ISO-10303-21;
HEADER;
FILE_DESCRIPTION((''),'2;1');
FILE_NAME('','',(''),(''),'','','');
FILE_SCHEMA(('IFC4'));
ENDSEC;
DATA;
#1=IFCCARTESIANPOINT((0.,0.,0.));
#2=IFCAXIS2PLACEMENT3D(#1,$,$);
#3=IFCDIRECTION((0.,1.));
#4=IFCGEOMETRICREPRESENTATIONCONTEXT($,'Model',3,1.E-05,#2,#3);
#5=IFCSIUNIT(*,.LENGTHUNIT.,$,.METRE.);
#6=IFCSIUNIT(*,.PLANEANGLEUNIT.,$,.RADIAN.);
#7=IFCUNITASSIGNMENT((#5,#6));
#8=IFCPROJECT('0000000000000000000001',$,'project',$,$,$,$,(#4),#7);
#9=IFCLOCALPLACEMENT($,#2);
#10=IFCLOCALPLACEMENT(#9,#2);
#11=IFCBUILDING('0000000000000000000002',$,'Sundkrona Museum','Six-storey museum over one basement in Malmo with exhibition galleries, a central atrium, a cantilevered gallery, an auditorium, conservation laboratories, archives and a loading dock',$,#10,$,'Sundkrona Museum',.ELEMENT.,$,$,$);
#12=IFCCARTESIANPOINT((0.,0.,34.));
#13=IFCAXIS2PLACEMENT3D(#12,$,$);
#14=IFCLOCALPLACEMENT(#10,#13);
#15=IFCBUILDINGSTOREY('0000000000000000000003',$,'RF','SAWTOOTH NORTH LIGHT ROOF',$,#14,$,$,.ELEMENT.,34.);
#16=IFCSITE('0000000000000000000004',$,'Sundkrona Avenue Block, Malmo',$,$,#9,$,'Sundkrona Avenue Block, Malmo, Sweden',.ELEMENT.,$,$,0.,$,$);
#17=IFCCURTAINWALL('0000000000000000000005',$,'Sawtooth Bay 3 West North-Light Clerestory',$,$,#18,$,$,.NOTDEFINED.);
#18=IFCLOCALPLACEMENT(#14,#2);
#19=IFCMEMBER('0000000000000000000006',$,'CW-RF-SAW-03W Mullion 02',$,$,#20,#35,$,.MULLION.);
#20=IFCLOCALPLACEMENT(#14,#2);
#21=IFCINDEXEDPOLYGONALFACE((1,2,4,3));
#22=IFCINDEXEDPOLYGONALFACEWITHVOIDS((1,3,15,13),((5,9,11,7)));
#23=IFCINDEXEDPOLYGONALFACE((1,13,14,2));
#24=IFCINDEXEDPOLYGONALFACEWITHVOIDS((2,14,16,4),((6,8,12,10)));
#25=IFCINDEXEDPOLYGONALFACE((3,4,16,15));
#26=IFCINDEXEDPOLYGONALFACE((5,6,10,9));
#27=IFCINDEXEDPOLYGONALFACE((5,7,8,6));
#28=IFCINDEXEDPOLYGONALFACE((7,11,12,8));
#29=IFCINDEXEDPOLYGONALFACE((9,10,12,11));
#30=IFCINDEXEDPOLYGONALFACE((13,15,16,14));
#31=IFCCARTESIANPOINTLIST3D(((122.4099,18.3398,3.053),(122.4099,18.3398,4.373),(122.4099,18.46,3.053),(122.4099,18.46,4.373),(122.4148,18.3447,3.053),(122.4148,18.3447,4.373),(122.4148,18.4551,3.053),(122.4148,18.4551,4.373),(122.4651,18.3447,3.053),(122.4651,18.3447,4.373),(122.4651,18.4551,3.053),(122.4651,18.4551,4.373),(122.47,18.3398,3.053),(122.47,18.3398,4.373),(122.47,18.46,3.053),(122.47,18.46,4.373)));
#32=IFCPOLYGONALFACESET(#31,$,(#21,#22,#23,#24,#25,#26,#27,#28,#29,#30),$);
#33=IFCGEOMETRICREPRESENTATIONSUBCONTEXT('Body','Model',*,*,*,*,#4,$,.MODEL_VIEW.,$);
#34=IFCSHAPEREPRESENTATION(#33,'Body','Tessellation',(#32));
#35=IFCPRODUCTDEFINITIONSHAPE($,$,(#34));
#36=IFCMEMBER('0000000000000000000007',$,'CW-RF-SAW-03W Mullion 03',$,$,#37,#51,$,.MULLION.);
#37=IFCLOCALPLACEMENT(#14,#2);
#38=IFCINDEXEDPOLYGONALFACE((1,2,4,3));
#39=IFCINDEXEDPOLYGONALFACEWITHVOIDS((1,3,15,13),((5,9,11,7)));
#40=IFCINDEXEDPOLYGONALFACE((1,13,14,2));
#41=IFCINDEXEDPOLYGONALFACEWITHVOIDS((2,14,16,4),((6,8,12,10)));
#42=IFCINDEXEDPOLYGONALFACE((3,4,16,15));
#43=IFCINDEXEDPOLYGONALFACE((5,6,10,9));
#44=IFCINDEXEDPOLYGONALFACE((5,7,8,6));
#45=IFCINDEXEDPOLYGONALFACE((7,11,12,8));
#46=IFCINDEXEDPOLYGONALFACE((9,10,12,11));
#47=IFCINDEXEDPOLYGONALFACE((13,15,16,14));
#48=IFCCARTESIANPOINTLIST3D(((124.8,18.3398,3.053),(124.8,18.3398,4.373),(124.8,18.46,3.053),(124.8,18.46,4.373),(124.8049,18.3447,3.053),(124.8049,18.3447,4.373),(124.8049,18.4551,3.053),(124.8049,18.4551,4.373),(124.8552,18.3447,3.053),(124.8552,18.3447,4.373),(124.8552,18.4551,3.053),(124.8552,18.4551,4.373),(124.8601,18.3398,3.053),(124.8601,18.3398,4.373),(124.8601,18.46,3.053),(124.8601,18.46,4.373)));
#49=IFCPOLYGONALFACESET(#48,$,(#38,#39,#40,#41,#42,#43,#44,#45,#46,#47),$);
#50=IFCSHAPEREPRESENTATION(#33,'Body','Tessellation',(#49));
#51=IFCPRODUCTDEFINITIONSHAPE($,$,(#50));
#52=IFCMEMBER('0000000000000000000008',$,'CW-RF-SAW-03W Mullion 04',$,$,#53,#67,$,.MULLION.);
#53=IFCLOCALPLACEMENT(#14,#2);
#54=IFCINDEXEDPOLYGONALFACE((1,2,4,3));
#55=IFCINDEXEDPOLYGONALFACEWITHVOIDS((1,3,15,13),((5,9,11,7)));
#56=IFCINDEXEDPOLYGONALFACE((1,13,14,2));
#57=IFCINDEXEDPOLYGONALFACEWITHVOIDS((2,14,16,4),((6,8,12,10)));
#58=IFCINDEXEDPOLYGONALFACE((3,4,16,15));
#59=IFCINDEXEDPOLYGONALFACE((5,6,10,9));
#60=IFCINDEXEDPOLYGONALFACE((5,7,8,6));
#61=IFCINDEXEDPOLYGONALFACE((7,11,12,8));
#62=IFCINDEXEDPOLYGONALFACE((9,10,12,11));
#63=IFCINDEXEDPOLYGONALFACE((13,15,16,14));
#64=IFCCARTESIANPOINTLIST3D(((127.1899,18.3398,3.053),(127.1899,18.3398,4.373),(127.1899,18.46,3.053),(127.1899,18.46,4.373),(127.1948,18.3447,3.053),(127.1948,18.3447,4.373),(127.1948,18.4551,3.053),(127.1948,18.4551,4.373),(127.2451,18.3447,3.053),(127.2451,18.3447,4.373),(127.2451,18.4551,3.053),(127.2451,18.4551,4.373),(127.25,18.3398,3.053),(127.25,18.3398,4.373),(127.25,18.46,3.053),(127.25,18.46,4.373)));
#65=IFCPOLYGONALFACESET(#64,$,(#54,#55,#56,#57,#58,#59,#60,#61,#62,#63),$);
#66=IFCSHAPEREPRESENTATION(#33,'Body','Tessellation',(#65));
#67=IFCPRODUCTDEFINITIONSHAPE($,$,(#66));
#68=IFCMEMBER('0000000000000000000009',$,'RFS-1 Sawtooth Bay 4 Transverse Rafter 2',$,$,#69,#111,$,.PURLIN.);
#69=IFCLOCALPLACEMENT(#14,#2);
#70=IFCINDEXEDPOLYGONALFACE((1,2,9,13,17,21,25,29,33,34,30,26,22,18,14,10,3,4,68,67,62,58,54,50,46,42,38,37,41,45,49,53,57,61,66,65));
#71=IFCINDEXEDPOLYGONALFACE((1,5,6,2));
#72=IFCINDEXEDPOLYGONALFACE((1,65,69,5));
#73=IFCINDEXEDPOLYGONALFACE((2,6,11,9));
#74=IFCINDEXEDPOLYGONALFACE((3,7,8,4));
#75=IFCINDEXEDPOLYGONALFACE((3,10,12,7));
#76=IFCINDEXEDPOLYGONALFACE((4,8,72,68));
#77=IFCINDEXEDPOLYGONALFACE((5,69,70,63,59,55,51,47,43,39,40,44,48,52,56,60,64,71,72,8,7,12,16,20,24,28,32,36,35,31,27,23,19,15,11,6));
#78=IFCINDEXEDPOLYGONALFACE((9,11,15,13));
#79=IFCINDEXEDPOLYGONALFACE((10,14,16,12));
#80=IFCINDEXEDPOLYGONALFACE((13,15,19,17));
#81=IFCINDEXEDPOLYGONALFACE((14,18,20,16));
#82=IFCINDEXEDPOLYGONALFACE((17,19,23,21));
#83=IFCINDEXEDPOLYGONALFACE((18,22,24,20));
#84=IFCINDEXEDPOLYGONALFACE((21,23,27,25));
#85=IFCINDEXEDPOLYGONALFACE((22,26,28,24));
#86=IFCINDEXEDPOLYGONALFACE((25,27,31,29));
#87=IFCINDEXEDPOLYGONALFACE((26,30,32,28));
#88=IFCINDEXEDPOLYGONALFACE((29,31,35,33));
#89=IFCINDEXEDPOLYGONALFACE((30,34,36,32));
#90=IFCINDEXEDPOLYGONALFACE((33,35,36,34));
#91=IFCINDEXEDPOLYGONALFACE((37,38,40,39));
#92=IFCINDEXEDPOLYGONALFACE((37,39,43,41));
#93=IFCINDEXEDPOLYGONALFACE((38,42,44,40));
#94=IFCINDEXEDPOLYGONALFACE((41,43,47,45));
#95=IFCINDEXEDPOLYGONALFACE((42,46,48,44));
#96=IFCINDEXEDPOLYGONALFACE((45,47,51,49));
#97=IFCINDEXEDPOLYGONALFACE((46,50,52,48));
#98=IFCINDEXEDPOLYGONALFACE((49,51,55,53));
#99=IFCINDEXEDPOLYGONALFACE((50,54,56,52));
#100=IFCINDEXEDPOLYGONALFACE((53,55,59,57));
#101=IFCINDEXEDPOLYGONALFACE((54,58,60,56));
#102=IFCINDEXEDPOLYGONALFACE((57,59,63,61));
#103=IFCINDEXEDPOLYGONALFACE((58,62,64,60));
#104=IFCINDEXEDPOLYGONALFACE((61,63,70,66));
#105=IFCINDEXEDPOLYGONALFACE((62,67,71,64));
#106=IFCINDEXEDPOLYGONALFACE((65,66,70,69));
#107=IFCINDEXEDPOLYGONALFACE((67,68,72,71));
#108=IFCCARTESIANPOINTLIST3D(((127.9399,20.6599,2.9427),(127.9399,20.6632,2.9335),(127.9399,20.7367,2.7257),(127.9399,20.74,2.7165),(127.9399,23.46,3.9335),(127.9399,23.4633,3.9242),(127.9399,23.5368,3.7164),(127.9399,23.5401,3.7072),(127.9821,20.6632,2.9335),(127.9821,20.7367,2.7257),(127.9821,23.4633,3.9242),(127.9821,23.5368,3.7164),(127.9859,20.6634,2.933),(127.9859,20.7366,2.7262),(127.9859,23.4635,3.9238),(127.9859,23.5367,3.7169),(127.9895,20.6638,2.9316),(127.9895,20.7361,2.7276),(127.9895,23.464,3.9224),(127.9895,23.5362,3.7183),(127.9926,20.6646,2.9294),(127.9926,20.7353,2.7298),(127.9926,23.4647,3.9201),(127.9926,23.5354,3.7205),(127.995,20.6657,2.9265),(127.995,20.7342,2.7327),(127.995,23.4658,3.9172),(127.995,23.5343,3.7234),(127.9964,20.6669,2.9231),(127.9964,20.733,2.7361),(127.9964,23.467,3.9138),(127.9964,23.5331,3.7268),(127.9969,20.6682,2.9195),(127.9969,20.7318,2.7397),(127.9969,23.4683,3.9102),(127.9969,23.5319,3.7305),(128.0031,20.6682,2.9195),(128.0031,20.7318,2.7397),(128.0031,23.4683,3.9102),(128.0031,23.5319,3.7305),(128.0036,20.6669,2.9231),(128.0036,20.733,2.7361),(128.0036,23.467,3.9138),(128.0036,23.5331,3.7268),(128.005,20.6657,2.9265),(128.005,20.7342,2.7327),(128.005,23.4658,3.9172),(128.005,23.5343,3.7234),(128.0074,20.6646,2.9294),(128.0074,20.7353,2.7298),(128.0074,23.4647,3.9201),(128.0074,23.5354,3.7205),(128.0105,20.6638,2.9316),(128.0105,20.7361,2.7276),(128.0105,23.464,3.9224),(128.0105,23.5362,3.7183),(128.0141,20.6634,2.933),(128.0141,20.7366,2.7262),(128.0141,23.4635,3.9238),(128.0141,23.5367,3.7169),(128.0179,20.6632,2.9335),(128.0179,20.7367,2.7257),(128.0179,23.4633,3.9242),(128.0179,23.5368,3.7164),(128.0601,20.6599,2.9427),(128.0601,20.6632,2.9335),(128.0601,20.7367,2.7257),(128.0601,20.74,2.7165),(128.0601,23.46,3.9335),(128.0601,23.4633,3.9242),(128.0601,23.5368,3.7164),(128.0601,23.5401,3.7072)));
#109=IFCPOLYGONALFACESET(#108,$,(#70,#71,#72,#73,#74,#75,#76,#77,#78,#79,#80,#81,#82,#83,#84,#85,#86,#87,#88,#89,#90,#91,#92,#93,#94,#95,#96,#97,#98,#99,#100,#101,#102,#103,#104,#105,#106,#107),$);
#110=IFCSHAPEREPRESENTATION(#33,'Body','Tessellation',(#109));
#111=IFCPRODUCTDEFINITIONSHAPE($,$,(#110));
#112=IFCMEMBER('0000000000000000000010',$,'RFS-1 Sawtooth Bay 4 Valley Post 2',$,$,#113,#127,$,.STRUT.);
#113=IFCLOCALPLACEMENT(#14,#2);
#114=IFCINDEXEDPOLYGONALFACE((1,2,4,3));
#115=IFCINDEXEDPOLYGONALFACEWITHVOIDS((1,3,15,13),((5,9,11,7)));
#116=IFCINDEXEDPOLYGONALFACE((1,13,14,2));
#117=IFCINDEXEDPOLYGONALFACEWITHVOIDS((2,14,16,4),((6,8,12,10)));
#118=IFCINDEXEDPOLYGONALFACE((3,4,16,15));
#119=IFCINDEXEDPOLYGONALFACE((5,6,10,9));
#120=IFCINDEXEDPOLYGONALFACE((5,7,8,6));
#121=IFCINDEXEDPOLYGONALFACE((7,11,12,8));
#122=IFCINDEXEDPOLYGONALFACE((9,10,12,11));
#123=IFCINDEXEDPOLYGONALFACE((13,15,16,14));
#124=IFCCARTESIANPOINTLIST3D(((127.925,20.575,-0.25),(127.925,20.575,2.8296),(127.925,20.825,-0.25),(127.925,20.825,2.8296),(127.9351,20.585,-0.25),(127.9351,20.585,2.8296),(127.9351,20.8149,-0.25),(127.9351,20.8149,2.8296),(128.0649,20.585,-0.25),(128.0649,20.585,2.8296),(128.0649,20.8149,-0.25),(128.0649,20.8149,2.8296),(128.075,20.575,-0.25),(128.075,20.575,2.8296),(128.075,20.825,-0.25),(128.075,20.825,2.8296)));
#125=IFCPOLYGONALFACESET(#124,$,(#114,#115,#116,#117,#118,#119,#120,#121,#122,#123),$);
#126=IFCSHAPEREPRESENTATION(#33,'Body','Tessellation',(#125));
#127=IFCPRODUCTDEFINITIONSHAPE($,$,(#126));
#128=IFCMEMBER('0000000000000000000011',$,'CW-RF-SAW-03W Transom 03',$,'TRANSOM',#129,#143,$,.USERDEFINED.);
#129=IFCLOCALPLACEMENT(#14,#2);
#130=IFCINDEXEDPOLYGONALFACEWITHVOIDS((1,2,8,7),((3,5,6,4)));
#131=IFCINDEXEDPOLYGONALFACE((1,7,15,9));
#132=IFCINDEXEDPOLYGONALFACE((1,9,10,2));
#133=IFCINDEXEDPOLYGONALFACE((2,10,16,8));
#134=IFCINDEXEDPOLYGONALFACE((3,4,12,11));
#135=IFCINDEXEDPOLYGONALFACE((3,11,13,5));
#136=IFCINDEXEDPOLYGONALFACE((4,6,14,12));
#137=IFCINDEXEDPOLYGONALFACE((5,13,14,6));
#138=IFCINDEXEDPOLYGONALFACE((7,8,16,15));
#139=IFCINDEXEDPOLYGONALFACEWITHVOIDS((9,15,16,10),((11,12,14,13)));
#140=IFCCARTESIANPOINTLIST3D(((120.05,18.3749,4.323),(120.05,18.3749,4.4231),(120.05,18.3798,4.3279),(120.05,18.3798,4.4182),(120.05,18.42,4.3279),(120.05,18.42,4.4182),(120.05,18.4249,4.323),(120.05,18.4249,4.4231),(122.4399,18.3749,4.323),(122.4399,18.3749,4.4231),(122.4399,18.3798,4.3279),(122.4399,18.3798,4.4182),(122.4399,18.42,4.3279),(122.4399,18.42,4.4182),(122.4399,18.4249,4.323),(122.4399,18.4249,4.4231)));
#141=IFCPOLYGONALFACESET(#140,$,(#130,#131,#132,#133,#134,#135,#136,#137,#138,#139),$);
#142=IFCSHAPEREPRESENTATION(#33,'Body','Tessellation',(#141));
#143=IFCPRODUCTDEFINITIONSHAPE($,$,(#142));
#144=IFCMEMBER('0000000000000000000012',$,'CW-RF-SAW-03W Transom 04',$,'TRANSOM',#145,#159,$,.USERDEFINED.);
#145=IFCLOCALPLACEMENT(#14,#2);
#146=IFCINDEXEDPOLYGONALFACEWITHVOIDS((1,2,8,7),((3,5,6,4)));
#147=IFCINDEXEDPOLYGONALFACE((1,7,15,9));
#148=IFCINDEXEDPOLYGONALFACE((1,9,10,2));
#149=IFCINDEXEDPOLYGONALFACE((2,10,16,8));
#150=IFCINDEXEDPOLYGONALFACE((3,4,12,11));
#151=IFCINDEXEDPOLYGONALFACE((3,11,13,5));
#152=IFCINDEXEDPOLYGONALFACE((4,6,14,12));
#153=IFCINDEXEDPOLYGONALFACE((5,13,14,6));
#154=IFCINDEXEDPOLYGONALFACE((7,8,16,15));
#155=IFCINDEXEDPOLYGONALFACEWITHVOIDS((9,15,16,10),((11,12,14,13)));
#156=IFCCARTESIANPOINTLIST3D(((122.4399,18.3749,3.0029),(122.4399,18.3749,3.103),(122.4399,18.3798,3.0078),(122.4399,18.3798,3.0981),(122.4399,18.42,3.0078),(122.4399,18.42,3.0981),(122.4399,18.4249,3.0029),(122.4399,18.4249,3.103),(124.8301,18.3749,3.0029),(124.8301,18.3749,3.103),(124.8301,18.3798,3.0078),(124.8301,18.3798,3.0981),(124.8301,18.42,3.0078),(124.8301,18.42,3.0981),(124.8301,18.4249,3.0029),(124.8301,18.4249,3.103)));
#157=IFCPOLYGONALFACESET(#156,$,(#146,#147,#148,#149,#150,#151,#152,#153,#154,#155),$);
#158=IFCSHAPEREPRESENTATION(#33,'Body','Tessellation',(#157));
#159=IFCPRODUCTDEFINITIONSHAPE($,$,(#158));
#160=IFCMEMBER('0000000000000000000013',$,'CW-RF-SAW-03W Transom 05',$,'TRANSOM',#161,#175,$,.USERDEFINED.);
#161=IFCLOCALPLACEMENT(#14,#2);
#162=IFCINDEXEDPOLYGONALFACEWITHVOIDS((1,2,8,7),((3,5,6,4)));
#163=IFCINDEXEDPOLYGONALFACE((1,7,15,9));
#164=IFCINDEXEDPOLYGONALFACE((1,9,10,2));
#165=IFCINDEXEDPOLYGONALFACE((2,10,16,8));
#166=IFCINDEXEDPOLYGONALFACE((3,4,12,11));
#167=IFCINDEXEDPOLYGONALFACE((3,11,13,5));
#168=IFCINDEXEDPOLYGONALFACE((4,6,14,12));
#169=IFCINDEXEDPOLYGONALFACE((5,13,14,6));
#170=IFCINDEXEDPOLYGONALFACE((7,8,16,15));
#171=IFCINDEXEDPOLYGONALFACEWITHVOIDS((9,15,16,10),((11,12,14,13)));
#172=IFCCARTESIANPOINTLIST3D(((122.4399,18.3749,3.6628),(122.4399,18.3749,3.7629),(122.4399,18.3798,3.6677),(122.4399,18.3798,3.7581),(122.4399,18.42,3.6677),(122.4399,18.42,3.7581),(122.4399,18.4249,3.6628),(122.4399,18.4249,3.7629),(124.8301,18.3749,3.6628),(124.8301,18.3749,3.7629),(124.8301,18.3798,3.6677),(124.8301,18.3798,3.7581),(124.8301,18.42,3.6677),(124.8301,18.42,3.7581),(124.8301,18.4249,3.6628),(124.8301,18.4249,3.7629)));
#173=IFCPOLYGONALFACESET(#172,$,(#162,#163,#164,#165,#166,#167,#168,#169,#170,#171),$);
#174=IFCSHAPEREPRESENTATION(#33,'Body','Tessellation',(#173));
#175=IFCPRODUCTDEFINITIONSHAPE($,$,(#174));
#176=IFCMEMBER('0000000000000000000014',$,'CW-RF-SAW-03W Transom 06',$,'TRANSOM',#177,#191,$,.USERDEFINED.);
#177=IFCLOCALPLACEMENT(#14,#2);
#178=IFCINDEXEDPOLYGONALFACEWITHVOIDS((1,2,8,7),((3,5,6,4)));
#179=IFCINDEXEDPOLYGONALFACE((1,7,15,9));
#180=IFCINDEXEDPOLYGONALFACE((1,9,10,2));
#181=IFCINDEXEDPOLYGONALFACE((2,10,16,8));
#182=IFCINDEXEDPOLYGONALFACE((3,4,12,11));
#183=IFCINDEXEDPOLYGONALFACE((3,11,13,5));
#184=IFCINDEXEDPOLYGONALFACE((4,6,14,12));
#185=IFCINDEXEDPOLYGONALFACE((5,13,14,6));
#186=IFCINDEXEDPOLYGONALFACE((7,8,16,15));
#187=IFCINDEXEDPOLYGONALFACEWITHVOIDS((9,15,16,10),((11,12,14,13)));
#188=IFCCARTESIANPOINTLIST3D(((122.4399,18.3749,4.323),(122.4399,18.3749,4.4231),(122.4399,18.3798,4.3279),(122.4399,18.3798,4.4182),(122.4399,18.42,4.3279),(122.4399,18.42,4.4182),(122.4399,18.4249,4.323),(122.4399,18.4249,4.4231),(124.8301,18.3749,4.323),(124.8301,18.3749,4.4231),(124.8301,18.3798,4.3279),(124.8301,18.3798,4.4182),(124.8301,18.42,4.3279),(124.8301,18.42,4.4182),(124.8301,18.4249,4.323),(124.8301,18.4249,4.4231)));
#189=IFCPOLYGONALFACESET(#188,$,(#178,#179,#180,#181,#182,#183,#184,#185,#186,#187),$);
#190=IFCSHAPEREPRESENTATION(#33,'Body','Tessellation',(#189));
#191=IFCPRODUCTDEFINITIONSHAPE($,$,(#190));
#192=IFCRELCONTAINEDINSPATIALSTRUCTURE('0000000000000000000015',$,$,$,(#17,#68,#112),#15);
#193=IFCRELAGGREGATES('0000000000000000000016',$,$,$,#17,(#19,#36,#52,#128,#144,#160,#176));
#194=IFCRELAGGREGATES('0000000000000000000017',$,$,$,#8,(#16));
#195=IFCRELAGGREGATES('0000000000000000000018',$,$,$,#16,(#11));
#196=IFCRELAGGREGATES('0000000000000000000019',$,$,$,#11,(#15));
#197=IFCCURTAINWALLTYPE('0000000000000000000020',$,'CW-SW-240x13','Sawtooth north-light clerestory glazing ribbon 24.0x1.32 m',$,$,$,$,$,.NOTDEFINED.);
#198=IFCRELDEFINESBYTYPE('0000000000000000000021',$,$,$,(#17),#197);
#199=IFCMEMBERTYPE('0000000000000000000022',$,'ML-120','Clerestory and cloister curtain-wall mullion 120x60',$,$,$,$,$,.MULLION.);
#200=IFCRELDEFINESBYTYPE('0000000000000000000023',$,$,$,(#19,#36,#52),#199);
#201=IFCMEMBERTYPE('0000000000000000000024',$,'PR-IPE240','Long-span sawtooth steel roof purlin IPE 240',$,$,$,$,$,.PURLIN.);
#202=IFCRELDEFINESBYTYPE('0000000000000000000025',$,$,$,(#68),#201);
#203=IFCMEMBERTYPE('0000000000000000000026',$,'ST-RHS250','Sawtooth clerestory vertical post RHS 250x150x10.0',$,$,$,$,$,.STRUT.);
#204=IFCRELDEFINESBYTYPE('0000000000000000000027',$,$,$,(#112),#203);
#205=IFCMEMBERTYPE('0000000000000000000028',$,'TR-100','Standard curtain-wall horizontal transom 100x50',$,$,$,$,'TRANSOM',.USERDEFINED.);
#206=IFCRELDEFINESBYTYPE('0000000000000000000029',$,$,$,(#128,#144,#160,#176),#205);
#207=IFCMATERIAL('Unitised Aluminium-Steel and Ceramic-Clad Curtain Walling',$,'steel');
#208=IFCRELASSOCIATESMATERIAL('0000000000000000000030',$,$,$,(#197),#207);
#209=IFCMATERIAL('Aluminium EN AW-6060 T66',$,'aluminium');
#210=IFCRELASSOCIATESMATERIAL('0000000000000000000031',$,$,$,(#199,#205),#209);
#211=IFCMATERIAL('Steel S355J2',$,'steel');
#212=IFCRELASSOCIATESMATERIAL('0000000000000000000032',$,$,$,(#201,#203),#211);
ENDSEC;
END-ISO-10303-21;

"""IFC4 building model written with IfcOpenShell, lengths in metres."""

from ifc_helpers import new_model, si_unit, direction, frame, origin, origin_2d, place, context, subcontext, project, spatial, hollow_rectangle, i_section, extrude, material, material_profile, profile_set, type_object, element, aggregate, save


model = new_model("IFC4")

# Units and contexts
model_context = context("Model", 3, precision=1e-05, world=origin(), true_north=direction((0.0, 1.0)))
body_context = subcontext(model_context, "Body", "Model", "MODEL_VIEW")
ifc_project = project(units=[si_unit("LENGTHUNIT", "METRE"), si_unit("PLANEANGLEUNIT", "RADIAN")], contexts=[model_context])

# Site, building, storey
site_placement = place(None, origin())
site = spatial("IfcSite", under=ifc_project, at=site_placement, Name="Sundkrona Avenue Block, Malmo", LongName="Sundkrona Avenue Block, Malmo, Sweden", CompositionType="ELEMENT", RefElevation=0.0)
building_placement = place(site_placement, origin())
building = spatial("IfcBuilding", under=site, at=building_placement, Name="Sundkrona Museum", Description="Six-storey museum over one basement in Malmo with exhibition galleries, a central atrium, a cantilevered gallery, an auditorium, conservation laboratories, archives and a loading dock", LongName="Sundkrona Museum", CompositionType="ELEMENT")
storey_placement = place(building_placement, frame((0.0, 0.0, 34.0)))
storey = spatial("IfcBuildingStorey", under=building, at=storey_placement, Name="RF", Description="SAWTOOTH NORTH LIGHT ROOF", CompositionType="ELEMENT", Elevation=34.0)

# Curtain wall, members
ifc_material_1 = material(Name="Unitised Aluminium-Steel and Ceramic-Clad Curtain Walling", Category="steel")
curtain_wall_type = type_object("IfcCurtainWallType", Name="CW-SW-240x13", Description="Sawtooth north-light clerestory glazing ribbon 24.0x1.32 m", PredefinedType="NOTDEFINED", material=ifc_material_1)
curtain_wall_placement = place(storey_placement, origin())
curtain_wall = element("IfcCurtainWall", 1, at=curtain_wall_placement, inside=storey, type_object=curtain_wall_type, Name="Sawtooth Bay 3 West North-Light Clerestory", PredefinedType="NOTDEFINED")
ifc_material_2 = material(Name="Aluminium EN AW-6060 T66", Category="aluminium")
ifc_material_profile_1 = material_profile(ifc_material_2, hollow_rectangle(XDim=0.0601, YDim=0.1201, WallThickness=0.0049, at=origin_2d()), Name="RHS 120x60x5.0")
ifc_profile_set_1 = profile_set([ifc_material_profile_1], Name="Aluminium EN AW-6060 T66")
member_type_1 = type_object("IfcMemberType", Name="ML-120", Description="Clerestory and cloister curtain-wall mullion 120x60", PredefinedType="MULLION", material=ifc_profile_set_1)
member_1_placement = place(storey_placement, frame((122.4399, 18.3999, 3.053), z_axis=(0.0, 0.0, 1.0), x_axis=(1.0, 0.0, 0.0)))
member_1 = element("IfcMember", 2, at=member_1_placement, type_object=member_type_1, Name="CW-RF-SAW-03W Mullion 02", PredefinedType="MULLION", context=body_context, shape_type="SweptSolid", body=[
    extrude(hollow_rectangle(XDim=0.0601, YDim=0.1201, WallThickness=0.0049, at=origin_2d()), origin(), (0.0, 0.0, 1.0), 1.3201),
])
member_2_placement = place(storey_placement, frame((124.8301, 18.3999, 3.053), z_axis=(0.0, 0.0, 1.0), x_axis=(1.0, 0.0, 0.0)))
member_2 = element("IfcMember", 3, at=member_2_placement, type_object=member_type_1, Name="CW-RF-SAW-03W Mullion 03", PredefinedType="MULLION", context=body_context, shape_type="SweptSolid", body=[
    extrude(hollow_rectangle(XDim=0.0601, YDim=0.1201, WallThickness=0.0049, at=origin_2d()), origin(), (0.0, 0.0, 1.0), 1.3201),
])
member_3_placement = place(storey_placement, frame((127.22, 18.3999, 3.053), z_axis=(0.0, 0.0, 1.0), x_axis=(1.0, 0.0, 0.0)))
member_3 = element("IfcMember", 4, at=member_3_placement, type_object=member_type_1, Name="CW-RF-SAW-03W Mullion 04", PredefinedType="MULLION", context=body_context, shape_type="SweptSolid", body=[
    extrude(hollow_rectangle(XDim=0.0601, YDim=0.1201, WallThickness=0.0049, at=origin_2d()), origin(), (0.0, 0.0, 1.0), 1.3201),
])

# Members
ifc_material_3 = material(Name="Steel S355J2", Category="steel")
ifc_material_profile_2 = material_profile(ifc_material_3, i_section(OverallWidth=0.1201, OverallDepth=0.24, WebThickness=0.0061, FlangeThickness=0.0098, FilletRadius=0.0149, at=origin_2d()), Name="IPE 240")
ifc_profile_set_2 = profile_set([ifc_material_profile_2], Name="Steel S355J2")
member_type_2 = type_object("IfcMemberType", Name="PR-IPE240", Description="Long-span sawtooth steel roof purlin IPE 240", PredefinedType="PURLIN", material=ifc_profile_set_2)
member_4_placement = place(storey_placement, frame((128.0, 20.7, 2.8296), z_axis=(0.0, 0.942729, 0.33356), x_axis=(-1.0, 0.0, 0.0)))
element("IfcMember", 5, at=member_4_placement, inside=storey, type_object=member_type_2, Name="RFS-1 Sawtooth Bay 4 Transverse Rafter 2", PredefinedType="PURLIN", context=body_context, shape_type="SweptSolid", body=[
    extrude(i_section(OverallWidth=0.1201, OverallDepth=0.24, WebThickness=0.0061, FlangeThickness=0.0098, FilletRadius=0.0149, at=origin_2d()), origin(), (0.0, 0.0, 1.0), 2.9702),
])
ifc_material_profile_3 = material_profile(ifc_material_3, hollow_rectangle(XDim=0.1499, YDim=0.25, WallThickness=0.01, at=origin_2d()), Name="RHS 250x150x10.0")
ifc_profile_set_3 = profile_set([ifc_material_profile_3], Name="Steel S355J2")
member_type_3 = type_object("IfcMemberType", Name="ST-RHS250", Description="Sawtooth clerestory vertical post RHS 250x150x10.0", PredefinedType="STRUT", material=ifc_profile_set_3)
member_5_placement = place(storey_placement, frame((128.0, 20.7, -0.25), z_axis=(0.0, 0.0, 1.0), x_axis=(1.0, 0.0, 0.0)))
element("IfcMember", 6, at=member_5_placement, inside=storey, type_object=member_type_3, Name="RFS-1 Sawtooth Bay 4 Valley Post 2", PredefinedType="STRUT", context=body_context, shape_type="SweptSolid", body=[
    extrude(hollow_rectangle(XDim=0.1499, YDim=0.25, WallThickness=0.01, at=origin_2d()), origin(), (0.0, 0.0, 1.0), 3.0796),
])

# Members
ifc_material_profile_4 = material_profile(ifc_material_2, hollow_rectangle(XDim=0.05, YDim=0.1001, WallThickness=0.0049, at=origin_2d()), Name="RHS 100x50x5.0")
ifc_profile_set_4 = profile_set([ifc_material_profile_4], Name="Aluminium EN AW-6060 T66")
member_type_4 = type_object("IfcMemberType", Name="TR-100", Description="Standard curtain-wall horizontal transom 100x50", ElementType="TRANSOM", PredefinedType="USERDEFINED", material=ifc_profile_set_4)
member_6_placement = place(storey_placement, frame((120.05, 18.3999, 4.373), z_axis=(1.0, 0.0, 0.0), x_axis=(0.0, 1.0, 0.0)))
member_6 = element("IfcMember", 7, at=member_6_placement, type_object=member_type_4, Name="CW-RF-SAW-03W Transom 03", ObjectType="TRANSOM", PredefinedType="USERDEFINED", context=body_context, shape_type="SweptSolid", body=[
    extrude(hollow_rectangle(XDim=0.05, YDim=0.1001, WallThickness=0.0049, at=origin_2d()), origin(), (0.0, 0.0, 1.0), 2.3899),
])
member_7_placement = place(storey_placement, frame((122.4399, 18.3999, 3.053), z_axis=(1.0, 0.0, 0.0), x_axis=(0.0, 1.0, 0.0)))
member_7 = element("IfcMember", 8, at=member_7_placement, type_object=member_type_4, Name="CW-RF-SAW-03W Transom 04", ObjectType="TRANSOM", PredefinedType="USERDEFINED", context=body_context, shape_type="SweptSolid", body=[
    extrude(hollow_rectangle(XDim=0.05, YDim=0.1001, WallThickness=0.0049, at=origin_2d()), origin(), (0.0, 0.0, 1.0), 2.3901),
])
member_8_placement = place(storey_placement, frame((122.4399, 18.3999, 3.7129), z_axis=(1.0, 0.0, 0.0), x_axis=(0.0, 1.0, 0.0)))
member_8 = element("IfcMember", 9, at=member_8_placement, type_object=member_type_4, Name="CW-RF-SAW-03W Transom 05", ObjectType="TRANSOM", PredefinedType="USERDEFINED", context=body_context, shape_type="SweptSolid", body=[
    extrude(hollow_rectangle(XDim=0.05, YDim=0.1001, WallThickness=0.0049, at=origin_2d()), origin(), (0.0, 0.0, 1.0), 2.3901),
])
member_9_placement = place(storey_placement, frame((122.4399, 18.3999, 4.373), z_axis=(1.0, 0.0, 0.0), x_axis=(0.0, 1.0, 0.0)))
member_9 = element("IfcMember", 10, at=member_9_placement, type_object=member_type_4, Name="CW-RF-SAW-03W Transom 06", ObjectType="TRANSOM", PredefinedType="USERDEFINED", context=body_context, shape_type="SweptSolid", body=[
    extrude(hollow_rectangle(XDim=0.05, YDim=0.1001, WallThickness=0.0049, at=origin_2d()), origin(), (0.0, 0.0, 1.0), 2.3901),
])

aggregate(curtain_wall, [member_1, member_2, member_3, member_6, member_7, member_8, member_9])

save(model, "model.ifc")
